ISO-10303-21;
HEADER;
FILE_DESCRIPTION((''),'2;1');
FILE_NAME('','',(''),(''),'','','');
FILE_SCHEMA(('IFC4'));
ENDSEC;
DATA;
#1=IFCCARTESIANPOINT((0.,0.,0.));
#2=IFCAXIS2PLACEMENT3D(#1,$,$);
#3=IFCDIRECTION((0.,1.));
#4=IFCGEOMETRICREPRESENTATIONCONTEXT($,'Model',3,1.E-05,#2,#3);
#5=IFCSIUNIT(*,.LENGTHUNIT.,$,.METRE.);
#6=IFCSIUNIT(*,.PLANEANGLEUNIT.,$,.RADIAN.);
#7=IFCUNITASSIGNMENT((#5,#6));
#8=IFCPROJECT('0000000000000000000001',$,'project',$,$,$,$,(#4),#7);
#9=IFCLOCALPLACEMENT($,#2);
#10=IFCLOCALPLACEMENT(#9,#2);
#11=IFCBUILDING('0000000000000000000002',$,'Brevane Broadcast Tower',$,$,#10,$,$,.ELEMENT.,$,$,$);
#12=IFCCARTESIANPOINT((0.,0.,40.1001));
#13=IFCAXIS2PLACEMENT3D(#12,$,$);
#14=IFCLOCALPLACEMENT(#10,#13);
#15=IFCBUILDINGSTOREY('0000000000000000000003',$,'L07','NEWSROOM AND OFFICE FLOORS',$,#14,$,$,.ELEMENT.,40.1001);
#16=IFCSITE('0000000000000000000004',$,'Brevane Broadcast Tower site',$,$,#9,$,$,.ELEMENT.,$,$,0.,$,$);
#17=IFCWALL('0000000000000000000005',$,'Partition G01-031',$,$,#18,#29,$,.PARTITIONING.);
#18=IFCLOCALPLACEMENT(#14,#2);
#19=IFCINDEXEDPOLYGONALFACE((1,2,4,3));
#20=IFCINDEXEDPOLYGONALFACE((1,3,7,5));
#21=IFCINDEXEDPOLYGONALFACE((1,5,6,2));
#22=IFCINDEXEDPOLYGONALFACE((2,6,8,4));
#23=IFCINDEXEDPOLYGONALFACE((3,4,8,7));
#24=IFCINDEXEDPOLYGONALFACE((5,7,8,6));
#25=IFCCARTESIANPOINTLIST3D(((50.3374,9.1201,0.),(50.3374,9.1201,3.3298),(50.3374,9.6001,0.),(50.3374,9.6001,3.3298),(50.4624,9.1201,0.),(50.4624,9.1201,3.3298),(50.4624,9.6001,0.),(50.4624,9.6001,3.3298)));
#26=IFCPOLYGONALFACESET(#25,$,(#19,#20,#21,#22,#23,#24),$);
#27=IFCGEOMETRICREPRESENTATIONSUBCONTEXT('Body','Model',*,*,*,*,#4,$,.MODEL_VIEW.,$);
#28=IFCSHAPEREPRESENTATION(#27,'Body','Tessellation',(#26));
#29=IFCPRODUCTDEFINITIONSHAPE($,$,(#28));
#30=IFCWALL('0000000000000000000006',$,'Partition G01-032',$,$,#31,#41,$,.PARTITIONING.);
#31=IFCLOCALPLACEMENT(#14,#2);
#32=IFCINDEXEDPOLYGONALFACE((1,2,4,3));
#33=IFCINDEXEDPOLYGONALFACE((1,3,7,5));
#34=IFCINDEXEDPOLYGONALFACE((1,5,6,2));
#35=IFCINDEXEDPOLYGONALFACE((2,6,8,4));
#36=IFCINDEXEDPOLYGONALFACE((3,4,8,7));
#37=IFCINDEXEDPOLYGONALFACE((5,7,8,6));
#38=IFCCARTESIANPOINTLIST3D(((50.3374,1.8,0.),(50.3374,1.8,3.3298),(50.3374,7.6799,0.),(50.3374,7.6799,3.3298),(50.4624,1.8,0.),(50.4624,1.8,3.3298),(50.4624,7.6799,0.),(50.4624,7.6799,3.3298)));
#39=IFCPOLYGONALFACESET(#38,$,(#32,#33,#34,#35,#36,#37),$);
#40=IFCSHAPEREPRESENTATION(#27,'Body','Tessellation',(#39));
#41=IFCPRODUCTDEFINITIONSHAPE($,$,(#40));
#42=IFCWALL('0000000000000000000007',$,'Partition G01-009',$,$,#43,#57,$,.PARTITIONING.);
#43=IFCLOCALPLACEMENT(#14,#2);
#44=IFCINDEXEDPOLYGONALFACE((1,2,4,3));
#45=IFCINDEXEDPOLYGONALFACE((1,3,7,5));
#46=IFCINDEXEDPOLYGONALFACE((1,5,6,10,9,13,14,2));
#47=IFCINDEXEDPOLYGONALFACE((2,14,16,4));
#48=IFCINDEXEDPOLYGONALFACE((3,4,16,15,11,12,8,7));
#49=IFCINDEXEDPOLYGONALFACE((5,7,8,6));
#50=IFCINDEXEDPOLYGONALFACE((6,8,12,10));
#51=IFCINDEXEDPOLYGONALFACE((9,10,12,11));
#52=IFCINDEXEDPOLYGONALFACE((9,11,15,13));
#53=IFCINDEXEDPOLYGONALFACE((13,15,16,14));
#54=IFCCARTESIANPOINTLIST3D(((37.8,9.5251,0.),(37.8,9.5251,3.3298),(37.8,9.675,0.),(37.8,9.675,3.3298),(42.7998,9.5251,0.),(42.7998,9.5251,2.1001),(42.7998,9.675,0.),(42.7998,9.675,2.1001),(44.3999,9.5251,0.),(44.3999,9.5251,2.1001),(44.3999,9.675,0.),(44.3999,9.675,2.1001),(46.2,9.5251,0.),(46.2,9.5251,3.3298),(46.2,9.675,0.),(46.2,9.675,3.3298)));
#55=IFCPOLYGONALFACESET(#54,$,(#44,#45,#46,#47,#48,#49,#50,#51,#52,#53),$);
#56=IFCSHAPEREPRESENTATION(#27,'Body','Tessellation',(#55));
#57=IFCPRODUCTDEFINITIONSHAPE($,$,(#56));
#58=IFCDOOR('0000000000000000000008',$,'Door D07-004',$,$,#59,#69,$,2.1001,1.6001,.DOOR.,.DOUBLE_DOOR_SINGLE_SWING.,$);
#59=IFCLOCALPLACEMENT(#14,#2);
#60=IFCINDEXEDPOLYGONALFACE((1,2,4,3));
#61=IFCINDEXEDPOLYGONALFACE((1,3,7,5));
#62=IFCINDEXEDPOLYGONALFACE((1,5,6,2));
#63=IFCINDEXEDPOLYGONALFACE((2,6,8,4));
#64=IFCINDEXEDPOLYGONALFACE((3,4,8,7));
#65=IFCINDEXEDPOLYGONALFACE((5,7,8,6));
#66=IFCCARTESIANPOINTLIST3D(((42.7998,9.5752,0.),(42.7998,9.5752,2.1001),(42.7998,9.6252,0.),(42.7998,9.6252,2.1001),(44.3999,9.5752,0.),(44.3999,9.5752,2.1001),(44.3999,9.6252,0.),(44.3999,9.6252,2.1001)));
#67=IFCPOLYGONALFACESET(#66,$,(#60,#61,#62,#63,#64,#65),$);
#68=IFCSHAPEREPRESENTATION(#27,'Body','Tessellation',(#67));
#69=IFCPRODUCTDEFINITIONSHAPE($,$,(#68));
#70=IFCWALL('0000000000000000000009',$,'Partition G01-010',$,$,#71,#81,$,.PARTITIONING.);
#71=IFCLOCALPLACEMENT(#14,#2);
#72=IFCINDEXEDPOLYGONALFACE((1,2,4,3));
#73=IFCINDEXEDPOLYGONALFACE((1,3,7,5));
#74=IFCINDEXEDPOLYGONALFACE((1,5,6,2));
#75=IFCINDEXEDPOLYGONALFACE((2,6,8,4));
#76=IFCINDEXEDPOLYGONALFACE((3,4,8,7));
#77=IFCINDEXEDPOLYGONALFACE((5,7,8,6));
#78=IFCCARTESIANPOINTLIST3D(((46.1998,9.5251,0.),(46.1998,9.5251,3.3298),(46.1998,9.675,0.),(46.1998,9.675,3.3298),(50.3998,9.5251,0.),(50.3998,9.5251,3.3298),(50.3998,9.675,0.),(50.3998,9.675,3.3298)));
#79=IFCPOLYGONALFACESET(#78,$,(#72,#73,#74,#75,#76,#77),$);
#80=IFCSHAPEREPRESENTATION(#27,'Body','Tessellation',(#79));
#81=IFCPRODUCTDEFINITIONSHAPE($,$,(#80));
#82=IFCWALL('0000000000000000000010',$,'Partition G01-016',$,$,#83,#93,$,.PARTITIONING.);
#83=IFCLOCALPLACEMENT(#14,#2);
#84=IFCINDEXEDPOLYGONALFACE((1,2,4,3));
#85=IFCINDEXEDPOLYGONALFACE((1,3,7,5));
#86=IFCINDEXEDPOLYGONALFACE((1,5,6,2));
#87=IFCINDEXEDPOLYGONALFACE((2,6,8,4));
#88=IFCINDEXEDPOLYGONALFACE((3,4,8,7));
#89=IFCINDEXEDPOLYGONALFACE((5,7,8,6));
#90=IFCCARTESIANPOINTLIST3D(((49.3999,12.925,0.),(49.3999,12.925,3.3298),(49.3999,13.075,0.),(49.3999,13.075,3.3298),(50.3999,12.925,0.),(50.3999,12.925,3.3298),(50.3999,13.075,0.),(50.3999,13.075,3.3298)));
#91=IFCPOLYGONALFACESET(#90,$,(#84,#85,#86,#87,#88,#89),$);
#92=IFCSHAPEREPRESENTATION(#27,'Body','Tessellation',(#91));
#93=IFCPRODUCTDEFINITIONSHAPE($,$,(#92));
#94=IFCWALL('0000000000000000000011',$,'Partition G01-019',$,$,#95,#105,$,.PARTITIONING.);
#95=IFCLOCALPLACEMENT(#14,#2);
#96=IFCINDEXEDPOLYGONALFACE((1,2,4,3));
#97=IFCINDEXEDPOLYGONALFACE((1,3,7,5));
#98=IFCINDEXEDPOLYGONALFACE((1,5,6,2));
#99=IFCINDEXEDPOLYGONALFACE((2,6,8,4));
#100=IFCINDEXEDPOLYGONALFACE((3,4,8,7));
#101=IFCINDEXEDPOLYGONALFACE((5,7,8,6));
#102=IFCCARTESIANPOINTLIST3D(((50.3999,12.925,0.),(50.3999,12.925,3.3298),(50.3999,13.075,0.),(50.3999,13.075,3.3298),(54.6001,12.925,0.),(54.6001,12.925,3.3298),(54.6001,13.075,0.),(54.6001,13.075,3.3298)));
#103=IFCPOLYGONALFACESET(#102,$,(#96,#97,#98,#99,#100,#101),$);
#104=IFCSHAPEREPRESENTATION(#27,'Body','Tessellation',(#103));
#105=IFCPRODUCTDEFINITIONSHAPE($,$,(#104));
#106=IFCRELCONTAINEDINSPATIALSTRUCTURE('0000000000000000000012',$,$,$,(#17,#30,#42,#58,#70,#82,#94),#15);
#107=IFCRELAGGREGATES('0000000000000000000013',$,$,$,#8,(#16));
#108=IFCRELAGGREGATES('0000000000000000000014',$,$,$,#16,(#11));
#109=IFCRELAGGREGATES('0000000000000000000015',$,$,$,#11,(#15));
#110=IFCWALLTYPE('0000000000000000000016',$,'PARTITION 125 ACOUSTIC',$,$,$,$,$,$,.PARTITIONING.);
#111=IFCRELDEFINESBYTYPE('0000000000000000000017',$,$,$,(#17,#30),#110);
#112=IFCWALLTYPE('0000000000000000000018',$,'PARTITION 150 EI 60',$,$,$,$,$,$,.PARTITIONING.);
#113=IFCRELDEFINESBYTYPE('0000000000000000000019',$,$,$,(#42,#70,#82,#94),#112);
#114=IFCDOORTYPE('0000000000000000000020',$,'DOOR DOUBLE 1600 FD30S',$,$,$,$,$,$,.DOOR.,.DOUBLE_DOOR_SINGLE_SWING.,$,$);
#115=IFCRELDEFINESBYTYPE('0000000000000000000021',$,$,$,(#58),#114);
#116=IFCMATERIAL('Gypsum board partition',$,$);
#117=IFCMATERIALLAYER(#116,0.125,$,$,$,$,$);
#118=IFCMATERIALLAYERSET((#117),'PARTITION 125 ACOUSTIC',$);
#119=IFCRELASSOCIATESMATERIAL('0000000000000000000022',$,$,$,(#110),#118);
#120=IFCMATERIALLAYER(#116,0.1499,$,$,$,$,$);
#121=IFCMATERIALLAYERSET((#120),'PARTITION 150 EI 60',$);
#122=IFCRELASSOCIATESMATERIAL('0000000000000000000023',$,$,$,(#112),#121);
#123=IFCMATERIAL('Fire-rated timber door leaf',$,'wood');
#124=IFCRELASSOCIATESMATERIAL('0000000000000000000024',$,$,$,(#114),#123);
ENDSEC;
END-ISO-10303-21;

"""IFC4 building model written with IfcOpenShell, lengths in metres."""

from ifc_helpers import new_model, si_unit, direction, frame, frame_2d, origin, place, context, subcontext, project, spatial, rectangle, extrude, material, layer, layer_set, type_object, element, fill, save


model = new_model("IFC4")

# Units and contexts
model_context = context("Model", 3, precision=1e-05, world=origin(), true_north=direction((0.0, 1.0)))
body_context = subcontext(model_context, "Body", "Model", "MODEL_VIEW")
ifc_project = project(units=[si_unit("LENGTHUNIT", "METRE"), si_unit("PLANEANGLEUNIT", "RADIAN")], contexts=[model_context])

# Site, building, storey
site_placement = place(None, origin())
site = spatial("IfcSite", under=ifc_project, at=site_placement, Name="Brevane Broadcast Tower site", CompositionType="ELEMENT", RefElevation=0.0)
building_placement = place(site_placement, origin())
building = spatial("IfcBuilding", under=site, at=building_placement, Name="Brevane Broadcast Tower", CompositionType="ELEMENT")
storey_placement = place(building_placement, frame((0.0, 0.0, 40.1001)))
storey = spatial("IfcBuildingStorey", under=building, at=storey_placement, Name="L07", Description="NEWSROOM AND OFFICE FLOORS", CompositionType="ELEMENT", Elevation=40.1001)

# Shared definitions
ifc_material_1 = material(Name="Gypsum board partition")

# Walls
ifc_layer_1 = layer(ifc_material_1, 0.125)
ifc_layer_set_1 = layer_set([ifc_layer_1], Name="PARTITION 125 ACOUSTIC")
wall_type_1 = type_object("IfcWallType", Name="PARTITION 125 ACOUSTIC", PredefinedType="PARTITIONING", material=ifc_layer_set_1)
wall_1_placement = place(storey_placement, frame((50.3999, 9.6001, 0.0), z_axis=(0.0, 0.0, 1.0), x_axis=(0.0, -1.0, 0.0)))
element("IfcWall", 1, at=wall_1_placement, inside=storey, type_object=wall_type_1, Name="Partition G01-031", PredefinedType="PARTITIONING", context=body_context, shape_type="SweptSolid", body=[
    extrude(rectangle(XDim=0.48, YDim=0.125, at=frame_2d((0.24, 0.0))), origin(), (0.0, 0.0, 1.0), 3.3298),
])
wall_2_placement = place(storey_placement, frame((50.3999, 7.6799, 0.0), z_axis=(0.0, 0.0, 1.0), x_axis=(0.0, -1.0, 0.0)))
element("IfcWall", 2, at=wall_2_placement, inside=storey, type_object=wall_type_1, Name="Partition G01-032", PredefinedType="PARTITIONING", context=body_context, shape_type="SweptSolid", body=[
    extrude(rectangle(XDim=5.8799, YDim=0.125, at=frame_2d((2.9399, 0.0))), origin(), (0.0, 0.0, 1.0), 3.3298),
])

# Wall, opening, door
ifc_layer_2 = layer(ifc_material_1, 0.1499)
ifc_layer_set_2 = layer_set([ifc_layer_2], Name="PARTITION 150 EI 60")
wall_type_2 = type_object("IfcWallType", Name="PARTITION 150 EI 60", PredefinedType="PARTITIONING", material=ifc_layer_set_2)
wall_3_placement = place(storey_placement, frame((46.2, 9.6001, 0.0), z_axis=(0.0, 0.0, 1.0), x_axis=(-1.0, 0.0, 0.0)))
wall_3 = element("IfcWall", 3, at=wall_3_placement, inside=storey, type_object=wall_type_2, Name="Partition G01-009", PredefinedType="PARTITIONING", context=body_context, shape_type="SweptSolid", body=[
    extrude(rectangle(XDim=8.3999, YDim=0.1499, at=frame_2d((4.2, 0.0))), origin(), (0.0, 0.0, 1.0), 3.3298),
])
opening_1_placement = place(wall_3_placement, frame((1.8, 0.0, 0.0)))
opening_1 = element("IfcOpeningElement", 4, at=opening_1_placement, cuts=wall_3, PredefinedType="OPENING", context=body_context, shape_type="SweptSolid", body=[
    extrude(rectangle(XDim=1.6001, YDim=2.1001, at=frame_2d((0.8, 1.05))), frame((0.0, 0.085, 0.0), z_axis=(0.0, -1.0, 0.0), x_axis=(1.0, 0.0, 0.0)), (0.0, 0.0, 1.0), 0.1699),
])
ifc_material_2 = material(Name="Fire-rated timber door leaf", Category="wood")
door_type_1 = type_object("IfcDoorType", Name="DOOR DOUBLE 1600 FD30S", OperationType="DOUBLE_DOOR_SINGLE_SWING", PredefinedType="DOOR", material=ifc_material_2)
door_1_placement = place(opening_1_placement, origin())
door_1 = element("IfcDoor", 5, at=door_1_placement, inside=storey, type_object=door_type_1, Name="Door D07-004", OperationType="DOUBLE_DOOR_SINGLE_SWING", OverallHeight=2.1001, OverallWidth=1.6001, PredefinedType="DOOR", context=body_context, shape_type="SweptSolid", body=[
    extrude(rectangle(XDim=1.6001, YDim=2.1001, at=frame_2d((0.8, 1.05))), frame((0.0, 0.0249, 0.0), z_axis=(0.0, -1.0, 0.0), x_axis=(1.0, 0.0, 0.0)), (0.0, 0.0, 1.0), 0.05),
])
fill(opening_1, door_1)

# Walls
wall_4_placement = place(storey_placement, frame((50.3999, 9.6001, 0.0), z_axis=(0.0, 0.0, 1.0), x_axis=(-1.0, 0.0, 0.0)))
element("IfcWall", 6, at=wall_4_placement, inside=storey, type_object=wall_type_2, Name="Partition G01-010", PredefinedType="PARTITIONING", context=body_context, shape_type="SweptSolid", body=[
    extrude(rectangle(XDim=4.2, YDim=0.1499, at=frame_2d((2.1001, 0.0))), origin(), (0.0, 0.0, 1.0), 3.3298),
])
wall_5_placement = place(storey_placement, frame((49.3999, 13.0, 0.0), z_axis=(0.0, 0.0, 1.0), x_axis=(1.0, 0.0, 0.0)))
element("IfcWall", 7, at=wall_5_placement, inside=storey, type_object=wall_type_2, Name="Partition G01-016", PredefinedType="PARTITIONING", context=body_context, shape_type="SweptSolid", body=[
    extrude(rectangle(XDim=1.0, YDim=0.1499, at=frame_2d((0.5, 0.0))), origin(), (0.0, 0.0, 1.0), 3.3298),
])
wall_6_placement = place(storey_placement, frame((50.3999, 13.0, 0.0), z_axis=(0.0, 0.0, 1.0), x_axis=(1.0, 0.0, 0.0)))
element("IfcWall", 8, at=wall_6_placement, inside=storey, type_object=wall_type_2, Name="Partition G01-019", PredefinedType="PARTITIONING", context=body_context, shape_type="SweptSolid", body=[
    extrude(rectangle(XDim=4.2002, YDim=0.1499, at=frame_2d((2.1001, 0.0))), origin(), (0.0, 0.0, 1.0), 3.3298),
])

save(model, "model.ifc")
